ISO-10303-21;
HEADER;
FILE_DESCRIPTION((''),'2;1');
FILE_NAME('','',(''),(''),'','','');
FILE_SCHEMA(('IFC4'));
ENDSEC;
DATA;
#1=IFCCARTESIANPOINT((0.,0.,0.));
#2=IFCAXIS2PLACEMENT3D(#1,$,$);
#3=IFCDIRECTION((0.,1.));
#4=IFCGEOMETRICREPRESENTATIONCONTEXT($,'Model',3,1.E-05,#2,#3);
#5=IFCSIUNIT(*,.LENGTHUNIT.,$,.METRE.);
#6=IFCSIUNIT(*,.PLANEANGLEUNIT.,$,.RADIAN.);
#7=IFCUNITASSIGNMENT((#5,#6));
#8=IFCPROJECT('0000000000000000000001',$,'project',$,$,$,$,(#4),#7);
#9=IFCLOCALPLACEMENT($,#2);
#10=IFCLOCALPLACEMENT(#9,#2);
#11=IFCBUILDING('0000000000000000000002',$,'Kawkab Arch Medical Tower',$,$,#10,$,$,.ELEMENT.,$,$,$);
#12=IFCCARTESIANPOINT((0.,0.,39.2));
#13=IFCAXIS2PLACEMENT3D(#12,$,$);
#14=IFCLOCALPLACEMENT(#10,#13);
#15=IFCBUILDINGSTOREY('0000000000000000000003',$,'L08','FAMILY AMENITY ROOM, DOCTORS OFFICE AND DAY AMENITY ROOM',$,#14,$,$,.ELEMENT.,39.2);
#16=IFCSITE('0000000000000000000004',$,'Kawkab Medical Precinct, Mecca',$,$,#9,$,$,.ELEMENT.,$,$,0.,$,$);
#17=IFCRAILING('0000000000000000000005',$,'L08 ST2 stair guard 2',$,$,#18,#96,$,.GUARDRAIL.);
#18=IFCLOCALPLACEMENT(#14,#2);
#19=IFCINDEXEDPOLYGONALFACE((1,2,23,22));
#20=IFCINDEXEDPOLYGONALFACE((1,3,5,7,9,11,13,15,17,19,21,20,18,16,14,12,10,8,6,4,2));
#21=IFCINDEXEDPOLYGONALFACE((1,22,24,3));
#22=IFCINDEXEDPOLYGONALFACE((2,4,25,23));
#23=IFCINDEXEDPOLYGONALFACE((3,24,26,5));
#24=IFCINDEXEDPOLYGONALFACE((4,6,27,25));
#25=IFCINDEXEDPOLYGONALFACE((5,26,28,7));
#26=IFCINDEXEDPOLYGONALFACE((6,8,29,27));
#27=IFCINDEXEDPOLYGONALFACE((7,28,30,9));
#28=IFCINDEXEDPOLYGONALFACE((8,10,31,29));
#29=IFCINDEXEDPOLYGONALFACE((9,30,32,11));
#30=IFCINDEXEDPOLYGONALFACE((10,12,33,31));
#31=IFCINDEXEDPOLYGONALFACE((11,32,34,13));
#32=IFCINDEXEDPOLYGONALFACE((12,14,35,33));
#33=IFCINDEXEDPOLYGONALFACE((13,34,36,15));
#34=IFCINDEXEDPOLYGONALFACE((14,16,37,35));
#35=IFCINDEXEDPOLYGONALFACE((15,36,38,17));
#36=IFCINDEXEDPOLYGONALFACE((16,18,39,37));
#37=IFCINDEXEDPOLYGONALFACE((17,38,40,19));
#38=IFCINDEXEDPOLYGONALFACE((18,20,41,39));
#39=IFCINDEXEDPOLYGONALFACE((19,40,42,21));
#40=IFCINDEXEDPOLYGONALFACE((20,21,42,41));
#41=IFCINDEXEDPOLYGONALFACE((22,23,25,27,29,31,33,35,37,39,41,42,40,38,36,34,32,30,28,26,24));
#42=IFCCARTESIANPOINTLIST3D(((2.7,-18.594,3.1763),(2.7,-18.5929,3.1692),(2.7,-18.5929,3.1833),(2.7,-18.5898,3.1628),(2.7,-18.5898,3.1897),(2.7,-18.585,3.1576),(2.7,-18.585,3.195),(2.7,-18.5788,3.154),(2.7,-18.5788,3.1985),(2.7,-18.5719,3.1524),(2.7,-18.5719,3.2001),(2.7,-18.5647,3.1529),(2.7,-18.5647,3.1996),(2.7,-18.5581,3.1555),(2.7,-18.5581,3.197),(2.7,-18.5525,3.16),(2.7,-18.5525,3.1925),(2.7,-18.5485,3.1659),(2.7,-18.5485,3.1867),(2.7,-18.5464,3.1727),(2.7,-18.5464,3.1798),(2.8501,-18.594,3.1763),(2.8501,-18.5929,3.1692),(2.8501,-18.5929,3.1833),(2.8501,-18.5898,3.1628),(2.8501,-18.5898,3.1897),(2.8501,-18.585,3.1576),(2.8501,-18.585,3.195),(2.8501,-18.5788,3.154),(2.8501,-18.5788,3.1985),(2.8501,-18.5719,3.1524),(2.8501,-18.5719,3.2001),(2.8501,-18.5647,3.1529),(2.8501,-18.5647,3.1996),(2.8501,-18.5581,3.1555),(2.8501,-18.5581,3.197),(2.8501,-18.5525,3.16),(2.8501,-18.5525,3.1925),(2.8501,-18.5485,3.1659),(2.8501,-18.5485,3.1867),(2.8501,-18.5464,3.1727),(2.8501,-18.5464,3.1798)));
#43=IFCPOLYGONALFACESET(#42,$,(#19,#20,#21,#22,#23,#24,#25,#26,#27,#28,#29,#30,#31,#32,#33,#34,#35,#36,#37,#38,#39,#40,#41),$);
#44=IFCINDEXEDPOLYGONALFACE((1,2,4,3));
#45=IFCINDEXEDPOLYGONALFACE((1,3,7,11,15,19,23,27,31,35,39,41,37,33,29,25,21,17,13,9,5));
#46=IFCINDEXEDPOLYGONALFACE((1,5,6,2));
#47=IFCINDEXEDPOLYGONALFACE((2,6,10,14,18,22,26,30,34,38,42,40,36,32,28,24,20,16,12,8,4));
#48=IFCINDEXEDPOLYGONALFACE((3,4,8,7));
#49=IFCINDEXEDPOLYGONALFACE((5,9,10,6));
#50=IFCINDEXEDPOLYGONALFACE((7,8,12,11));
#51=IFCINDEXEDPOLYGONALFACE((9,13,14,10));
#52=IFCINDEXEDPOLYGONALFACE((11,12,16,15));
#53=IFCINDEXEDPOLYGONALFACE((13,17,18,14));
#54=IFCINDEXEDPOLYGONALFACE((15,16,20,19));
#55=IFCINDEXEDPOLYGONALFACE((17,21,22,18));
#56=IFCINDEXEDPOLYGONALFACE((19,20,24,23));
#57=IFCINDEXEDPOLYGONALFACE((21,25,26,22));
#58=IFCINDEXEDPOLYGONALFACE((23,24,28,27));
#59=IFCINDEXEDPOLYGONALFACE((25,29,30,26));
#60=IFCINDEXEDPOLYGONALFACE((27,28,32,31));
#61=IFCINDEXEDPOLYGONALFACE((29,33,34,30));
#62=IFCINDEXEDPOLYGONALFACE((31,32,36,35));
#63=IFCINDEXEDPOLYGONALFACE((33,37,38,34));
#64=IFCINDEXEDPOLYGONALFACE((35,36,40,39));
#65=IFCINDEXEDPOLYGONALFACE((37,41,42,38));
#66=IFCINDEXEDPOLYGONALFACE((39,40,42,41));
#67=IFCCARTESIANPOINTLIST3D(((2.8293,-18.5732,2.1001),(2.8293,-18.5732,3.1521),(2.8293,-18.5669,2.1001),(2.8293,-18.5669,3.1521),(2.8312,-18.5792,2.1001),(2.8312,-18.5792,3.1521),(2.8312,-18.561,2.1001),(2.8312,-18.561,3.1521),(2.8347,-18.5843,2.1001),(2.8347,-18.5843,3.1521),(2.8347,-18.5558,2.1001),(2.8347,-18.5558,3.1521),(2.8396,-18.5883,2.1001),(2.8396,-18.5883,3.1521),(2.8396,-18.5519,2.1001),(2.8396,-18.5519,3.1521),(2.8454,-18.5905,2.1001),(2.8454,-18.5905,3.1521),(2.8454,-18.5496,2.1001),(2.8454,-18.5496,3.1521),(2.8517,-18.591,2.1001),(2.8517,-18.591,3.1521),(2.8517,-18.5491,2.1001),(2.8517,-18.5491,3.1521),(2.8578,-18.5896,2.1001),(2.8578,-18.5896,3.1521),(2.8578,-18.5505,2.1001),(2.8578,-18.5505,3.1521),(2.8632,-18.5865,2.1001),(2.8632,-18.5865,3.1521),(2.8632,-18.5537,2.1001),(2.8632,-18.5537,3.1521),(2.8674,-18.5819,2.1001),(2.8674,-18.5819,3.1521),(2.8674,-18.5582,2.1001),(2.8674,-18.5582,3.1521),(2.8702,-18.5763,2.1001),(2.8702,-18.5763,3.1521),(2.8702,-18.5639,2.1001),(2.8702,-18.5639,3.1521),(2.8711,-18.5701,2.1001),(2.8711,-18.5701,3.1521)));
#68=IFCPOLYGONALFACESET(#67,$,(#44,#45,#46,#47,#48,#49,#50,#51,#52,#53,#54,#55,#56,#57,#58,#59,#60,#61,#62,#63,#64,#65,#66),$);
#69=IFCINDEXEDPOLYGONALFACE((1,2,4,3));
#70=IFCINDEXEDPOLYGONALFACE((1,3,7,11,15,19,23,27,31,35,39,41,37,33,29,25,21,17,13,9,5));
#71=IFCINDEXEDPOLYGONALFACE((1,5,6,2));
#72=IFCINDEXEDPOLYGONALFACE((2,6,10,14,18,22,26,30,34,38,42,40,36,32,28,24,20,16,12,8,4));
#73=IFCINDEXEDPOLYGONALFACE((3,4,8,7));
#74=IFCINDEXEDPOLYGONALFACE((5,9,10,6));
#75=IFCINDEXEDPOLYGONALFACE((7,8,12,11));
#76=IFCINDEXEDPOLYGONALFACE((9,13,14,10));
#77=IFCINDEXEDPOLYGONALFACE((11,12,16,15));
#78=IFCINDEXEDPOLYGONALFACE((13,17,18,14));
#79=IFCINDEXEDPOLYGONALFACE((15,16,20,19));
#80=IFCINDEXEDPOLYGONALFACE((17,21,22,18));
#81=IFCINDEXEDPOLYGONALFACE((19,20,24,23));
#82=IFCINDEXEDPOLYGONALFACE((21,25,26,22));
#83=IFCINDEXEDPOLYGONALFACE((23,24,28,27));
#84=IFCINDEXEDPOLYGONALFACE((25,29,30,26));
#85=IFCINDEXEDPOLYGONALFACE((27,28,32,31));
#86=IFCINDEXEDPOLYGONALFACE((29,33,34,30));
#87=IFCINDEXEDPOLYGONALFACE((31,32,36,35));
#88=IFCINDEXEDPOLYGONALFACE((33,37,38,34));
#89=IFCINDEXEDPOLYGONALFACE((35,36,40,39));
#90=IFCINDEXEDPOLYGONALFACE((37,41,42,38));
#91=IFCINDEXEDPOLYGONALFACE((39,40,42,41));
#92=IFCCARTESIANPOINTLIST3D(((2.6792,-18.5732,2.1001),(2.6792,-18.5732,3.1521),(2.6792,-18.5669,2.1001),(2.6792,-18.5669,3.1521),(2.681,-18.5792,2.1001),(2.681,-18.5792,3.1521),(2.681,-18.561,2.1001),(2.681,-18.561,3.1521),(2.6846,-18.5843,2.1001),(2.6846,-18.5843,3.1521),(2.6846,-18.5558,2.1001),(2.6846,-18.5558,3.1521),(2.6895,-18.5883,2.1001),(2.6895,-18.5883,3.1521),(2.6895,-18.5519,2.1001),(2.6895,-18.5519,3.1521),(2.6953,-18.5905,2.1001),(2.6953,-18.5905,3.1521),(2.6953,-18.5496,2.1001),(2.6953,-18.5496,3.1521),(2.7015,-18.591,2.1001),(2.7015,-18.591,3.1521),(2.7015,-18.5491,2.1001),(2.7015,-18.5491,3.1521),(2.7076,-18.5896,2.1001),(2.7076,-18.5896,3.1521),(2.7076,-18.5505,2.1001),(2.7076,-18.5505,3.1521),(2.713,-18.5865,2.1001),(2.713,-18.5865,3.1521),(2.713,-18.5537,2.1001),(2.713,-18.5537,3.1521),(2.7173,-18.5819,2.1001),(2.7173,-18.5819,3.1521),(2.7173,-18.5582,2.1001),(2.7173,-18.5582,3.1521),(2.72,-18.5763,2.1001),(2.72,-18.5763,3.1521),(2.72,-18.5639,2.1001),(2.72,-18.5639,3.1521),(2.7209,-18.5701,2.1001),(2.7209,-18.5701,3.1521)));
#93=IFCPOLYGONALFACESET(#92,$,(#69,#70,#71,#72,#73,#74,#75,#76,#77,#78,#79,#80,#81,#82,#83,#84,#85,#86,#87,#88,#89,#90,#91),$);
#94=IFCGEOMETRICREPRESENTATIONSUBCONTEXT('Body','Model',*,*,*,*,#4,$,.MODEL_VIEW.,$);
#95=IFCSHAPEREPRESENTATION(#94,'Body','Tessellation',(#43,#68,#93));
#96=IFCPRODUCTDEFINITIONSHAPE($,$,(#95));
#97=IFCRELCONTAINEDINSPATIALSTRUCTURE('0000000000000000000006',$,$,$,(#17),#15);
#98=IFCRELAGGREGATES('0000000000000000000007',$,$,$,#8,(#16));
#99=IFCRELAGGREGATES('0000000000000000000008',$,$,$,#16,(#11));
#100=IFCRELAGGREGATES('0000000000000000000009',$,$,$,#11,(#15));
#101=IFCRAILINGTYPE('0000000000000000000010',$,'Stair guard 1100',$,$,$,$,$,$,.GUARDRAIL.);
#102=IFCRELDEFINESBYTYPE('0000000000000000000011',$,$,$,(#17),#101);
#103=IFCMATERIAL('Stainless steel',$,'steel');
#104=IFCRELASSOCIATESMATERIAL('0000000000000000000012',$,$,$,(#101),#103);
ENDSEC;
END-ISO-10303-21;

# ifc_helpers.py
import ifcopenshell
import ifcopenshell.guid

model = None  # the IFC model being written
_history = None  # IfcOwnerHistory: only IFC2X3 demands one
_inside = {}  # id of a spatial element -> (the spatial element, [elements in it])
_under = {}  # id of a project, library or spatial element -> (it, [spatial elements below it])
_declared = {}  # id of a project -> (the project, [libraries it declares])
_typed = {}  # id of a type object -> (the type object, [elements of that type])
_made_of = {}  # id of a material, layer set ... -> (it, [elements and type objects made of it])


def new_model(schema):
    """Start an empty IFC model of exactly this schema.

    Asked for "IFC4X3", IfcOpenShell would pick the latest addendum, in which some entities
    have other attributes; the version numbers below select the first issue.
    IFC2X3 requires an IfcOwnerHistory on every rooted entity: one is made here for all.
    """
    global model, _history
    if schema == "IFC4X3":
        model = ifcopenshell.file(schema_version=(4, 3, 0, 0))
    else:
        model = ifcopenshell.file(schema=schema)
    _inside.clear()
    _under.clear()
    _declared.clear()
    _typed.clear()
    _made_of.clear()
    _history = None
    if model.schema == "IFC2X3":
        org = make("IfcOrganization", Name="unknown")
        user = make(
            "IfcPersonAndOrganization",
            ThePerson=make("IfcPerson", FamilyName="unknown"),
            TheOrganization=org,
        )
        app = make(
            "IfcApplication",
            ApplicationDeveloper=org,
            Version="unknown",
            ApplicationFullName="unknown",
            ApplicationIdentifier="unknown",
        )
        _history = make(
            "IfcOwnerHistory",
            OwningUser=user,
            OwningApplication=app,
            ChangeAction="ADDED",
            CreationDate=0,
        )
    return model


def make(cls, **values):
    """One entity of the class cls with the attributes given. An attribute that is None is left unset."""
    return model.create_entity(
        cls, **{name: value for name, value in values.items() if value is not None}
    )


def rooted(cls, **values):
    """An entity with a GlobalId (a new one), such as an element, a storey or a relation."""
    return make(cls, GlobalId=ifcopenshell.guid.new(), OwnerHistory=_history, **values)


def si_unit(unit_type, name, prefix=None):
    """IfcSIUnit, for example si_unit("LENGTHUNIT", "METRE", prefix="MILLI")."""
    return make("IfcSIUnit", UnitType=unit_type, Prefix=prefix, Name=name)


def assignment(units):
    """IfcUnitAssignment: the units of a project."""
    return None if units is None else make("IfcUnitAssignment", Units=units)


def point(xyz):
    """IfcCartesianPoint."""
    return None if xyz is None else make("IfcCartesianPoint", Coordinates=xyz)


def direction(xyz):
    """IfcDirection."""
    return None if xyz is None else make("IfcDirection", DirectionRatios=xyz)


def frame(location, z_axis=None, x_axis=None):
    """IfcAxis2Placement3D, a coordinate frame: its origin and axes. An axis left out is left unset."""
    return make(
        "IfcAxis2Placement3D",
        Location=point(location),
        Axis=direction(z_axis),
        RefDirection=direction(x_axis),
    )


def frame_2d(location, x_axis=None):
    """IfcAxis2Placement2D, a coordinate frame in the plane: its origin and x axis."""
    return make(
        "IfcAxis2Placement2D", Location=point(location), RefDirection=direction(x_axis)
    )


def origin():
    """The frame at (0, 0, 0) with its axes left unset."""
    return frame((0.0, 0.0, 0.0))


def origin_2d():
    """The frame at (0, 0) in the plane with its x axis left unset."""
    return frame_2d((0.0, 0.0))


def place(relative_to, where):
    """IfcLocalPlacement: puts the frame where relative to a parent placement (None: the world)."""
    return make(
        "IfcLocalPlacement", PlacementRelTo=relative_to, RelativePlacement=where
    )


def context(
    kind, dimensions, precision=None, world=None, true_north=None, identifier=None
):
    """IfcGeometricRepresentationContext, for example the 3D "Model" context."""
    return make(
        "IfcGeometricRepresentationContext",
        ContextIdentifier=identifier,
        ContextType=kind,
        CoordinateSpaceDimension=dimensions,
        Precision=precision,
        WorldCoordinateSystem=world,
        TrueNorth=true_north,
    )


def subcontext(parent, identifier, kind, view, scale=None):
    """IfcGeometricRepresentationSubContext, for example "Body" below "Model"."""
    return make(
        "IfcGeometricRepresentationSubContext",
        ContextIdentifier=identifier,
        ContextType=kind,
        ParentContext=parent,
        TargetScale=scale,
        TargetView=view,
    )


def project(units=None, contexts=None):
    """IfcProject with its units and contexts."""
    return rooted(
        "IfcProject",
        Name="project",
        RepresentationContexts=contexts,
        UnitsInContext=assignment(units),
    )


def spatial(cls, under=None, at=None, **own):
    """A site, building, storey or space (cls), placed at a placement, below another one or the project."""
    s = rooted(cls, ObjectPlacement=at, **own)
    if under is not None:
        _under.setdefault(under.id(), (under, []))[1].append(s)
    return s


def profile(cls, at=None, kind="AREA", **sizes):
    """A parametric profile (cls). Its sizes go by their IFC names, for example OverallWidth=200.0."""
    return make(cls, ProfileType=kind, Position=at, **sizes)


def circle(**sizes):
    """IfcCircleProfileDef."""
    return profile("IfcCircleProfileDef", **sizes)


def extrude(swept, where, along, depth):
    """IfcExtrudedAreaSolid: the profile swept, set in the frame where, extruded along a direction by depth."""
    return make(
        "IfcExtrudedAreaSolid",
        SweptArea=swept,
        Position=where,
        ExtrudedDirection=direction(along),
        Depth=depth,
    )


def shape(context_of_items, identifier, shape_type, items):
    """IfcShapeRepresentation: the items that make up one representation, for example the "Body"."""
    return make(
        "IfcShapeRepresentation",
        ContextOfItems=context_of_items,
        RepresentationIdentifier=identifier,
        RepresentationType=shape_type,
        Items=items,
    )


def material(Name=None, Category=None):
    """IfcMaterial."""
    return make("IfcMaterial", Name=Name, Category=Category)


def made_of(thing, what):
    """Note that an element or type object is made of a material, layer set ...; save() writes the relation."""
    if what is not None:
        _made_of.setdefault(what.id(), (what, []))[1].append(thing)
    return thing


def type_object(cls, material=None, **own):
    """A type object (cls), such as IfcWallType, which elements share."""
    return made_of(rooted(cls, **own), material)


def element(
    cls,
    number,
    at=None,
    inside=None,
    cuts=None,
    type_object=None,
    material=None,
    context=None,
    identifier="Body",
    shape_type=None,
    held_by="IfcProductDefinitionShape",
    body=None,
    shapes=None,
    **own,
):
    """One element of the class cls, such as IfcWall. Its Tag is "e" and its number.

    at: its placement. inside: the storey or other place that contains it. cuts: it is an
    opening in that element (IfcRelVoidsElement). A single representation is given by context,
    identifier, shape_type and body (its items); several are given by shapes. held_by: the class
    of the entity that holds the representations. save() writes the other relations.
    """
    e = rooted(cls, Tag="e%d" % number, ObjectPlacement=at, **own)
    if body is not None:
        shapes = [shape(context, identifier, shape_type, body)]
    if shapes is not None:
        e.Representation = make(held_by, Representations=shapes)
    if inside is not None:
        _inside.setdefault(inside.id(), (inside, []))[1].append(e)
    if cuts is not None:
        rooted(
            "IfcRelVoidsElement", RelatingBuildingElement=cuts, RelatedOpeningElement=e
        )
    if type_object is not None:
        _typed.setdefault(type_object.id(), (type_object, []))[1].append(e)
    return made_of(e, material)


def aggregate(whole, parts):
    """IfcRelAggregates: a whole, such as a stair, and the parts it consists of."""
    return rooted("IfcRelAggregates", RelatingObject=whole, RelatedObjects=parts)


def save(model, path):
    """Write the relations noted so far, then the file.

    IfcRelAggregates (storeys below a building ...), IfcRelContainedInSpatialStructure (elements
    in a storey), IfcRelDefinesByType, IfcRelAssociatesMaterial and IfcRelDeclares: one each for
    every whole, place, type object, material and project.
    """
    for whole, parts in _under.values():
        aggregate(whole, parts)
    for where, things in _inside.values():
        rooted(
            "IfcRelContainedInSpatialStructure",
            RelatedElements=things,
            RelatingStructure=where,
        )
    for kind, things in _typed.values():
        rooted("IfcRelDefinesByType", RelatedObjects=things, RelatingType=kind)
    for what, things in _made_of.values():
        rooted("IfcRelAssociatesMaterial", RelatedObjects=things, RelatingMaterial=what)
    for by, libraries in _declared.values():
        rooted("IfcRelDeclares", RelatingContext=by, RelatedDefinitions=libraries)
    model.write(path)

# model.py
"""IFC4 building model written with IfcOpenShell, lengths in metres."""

from ifc_helpers import new_model, si_unit, direction, frame, origin, origin_2d, place, context, subcontext, project, spatial, circle, extrude, material, type_object, element, save


model = new_model("IFC4")

# Units and contexts
model_context = context("Model", 3, precision=1e-05, world=origin(), true_north=direction((0.0, 1.0)))
body_context = subcontext(model_context, "Body", "Model", "MODEL_VIEW")
ifc_project = project(units=[si_unit("LENGTHUNIT", "METRE"), si_unit("PLANEANGLEUNIT", "RADIAN")], contexts=[model_context])

# Site, building, storey
site_placement = place(None, origin())
site = spatial("IfcSite", under=ifc_project, at=site_placement, Name="Kawkab Medical Precinct, Mecca", CompositionType="ELEMENT", RefElevation=0.0)
building_placement = place(site_placement, origin())
building = spatial("IfcBuilding", under=site, at=building_placement, Name="Kawkab Arch Medical Tower", CompositionType="ELEMENT")
storey_placement = place(building_placement, frame((0.0, 0.0, 39.2)))
storey = spatial("IfcBuildingStorey", under=building, at=storey_placement, Name="L08", Description="FAMILY AMENITY ROOM, DOCTORS OFFICE AND DAY AMENITY ROOM", CompositionType="ELEMENT", Elevation=39.2)

# Railing
ifc_material_1 = material(Name="Stainless steel", Category="steel")
railing_type = type_object("IfcRailingType", Name="Stair guard 1100", PredefinedType="GUARDRAIL", material=ifc_material_1)
railing_1_placement = place(storey_placement, frame((2.8501, -18.5701, 2.1001)))
element("IfcRailing", 1, at=railing_1_placement, inside=storey, type_object=railing_type, Name="L08 ST2 stair guard 2", PredefinedType="GUARDRAIL", context=body_context, shape_type="SweptSolid", body=[
    extrude(circle(Radius=0.0239, at=origin_2d()), frame((0.0, 0.0, 1.0762), z_axis=(-1.0, 0.0, 0.0), x_axis=(0.0, -1.0, 0.0)), (0.0, 0.0, 1.0), 0.1501),
    extrude(circle(Radius=0.021, at=origin_2d()), origin(), (0.0, 0.0, 1.0), 1.052),
    extrude(circle(Radius=0.021, at=origin_2d()), frame((-0.1501, 0.0, 0.0)), (0.0, 0.0, 1.0), 1.052),
])

save(model, "model.ifc")
